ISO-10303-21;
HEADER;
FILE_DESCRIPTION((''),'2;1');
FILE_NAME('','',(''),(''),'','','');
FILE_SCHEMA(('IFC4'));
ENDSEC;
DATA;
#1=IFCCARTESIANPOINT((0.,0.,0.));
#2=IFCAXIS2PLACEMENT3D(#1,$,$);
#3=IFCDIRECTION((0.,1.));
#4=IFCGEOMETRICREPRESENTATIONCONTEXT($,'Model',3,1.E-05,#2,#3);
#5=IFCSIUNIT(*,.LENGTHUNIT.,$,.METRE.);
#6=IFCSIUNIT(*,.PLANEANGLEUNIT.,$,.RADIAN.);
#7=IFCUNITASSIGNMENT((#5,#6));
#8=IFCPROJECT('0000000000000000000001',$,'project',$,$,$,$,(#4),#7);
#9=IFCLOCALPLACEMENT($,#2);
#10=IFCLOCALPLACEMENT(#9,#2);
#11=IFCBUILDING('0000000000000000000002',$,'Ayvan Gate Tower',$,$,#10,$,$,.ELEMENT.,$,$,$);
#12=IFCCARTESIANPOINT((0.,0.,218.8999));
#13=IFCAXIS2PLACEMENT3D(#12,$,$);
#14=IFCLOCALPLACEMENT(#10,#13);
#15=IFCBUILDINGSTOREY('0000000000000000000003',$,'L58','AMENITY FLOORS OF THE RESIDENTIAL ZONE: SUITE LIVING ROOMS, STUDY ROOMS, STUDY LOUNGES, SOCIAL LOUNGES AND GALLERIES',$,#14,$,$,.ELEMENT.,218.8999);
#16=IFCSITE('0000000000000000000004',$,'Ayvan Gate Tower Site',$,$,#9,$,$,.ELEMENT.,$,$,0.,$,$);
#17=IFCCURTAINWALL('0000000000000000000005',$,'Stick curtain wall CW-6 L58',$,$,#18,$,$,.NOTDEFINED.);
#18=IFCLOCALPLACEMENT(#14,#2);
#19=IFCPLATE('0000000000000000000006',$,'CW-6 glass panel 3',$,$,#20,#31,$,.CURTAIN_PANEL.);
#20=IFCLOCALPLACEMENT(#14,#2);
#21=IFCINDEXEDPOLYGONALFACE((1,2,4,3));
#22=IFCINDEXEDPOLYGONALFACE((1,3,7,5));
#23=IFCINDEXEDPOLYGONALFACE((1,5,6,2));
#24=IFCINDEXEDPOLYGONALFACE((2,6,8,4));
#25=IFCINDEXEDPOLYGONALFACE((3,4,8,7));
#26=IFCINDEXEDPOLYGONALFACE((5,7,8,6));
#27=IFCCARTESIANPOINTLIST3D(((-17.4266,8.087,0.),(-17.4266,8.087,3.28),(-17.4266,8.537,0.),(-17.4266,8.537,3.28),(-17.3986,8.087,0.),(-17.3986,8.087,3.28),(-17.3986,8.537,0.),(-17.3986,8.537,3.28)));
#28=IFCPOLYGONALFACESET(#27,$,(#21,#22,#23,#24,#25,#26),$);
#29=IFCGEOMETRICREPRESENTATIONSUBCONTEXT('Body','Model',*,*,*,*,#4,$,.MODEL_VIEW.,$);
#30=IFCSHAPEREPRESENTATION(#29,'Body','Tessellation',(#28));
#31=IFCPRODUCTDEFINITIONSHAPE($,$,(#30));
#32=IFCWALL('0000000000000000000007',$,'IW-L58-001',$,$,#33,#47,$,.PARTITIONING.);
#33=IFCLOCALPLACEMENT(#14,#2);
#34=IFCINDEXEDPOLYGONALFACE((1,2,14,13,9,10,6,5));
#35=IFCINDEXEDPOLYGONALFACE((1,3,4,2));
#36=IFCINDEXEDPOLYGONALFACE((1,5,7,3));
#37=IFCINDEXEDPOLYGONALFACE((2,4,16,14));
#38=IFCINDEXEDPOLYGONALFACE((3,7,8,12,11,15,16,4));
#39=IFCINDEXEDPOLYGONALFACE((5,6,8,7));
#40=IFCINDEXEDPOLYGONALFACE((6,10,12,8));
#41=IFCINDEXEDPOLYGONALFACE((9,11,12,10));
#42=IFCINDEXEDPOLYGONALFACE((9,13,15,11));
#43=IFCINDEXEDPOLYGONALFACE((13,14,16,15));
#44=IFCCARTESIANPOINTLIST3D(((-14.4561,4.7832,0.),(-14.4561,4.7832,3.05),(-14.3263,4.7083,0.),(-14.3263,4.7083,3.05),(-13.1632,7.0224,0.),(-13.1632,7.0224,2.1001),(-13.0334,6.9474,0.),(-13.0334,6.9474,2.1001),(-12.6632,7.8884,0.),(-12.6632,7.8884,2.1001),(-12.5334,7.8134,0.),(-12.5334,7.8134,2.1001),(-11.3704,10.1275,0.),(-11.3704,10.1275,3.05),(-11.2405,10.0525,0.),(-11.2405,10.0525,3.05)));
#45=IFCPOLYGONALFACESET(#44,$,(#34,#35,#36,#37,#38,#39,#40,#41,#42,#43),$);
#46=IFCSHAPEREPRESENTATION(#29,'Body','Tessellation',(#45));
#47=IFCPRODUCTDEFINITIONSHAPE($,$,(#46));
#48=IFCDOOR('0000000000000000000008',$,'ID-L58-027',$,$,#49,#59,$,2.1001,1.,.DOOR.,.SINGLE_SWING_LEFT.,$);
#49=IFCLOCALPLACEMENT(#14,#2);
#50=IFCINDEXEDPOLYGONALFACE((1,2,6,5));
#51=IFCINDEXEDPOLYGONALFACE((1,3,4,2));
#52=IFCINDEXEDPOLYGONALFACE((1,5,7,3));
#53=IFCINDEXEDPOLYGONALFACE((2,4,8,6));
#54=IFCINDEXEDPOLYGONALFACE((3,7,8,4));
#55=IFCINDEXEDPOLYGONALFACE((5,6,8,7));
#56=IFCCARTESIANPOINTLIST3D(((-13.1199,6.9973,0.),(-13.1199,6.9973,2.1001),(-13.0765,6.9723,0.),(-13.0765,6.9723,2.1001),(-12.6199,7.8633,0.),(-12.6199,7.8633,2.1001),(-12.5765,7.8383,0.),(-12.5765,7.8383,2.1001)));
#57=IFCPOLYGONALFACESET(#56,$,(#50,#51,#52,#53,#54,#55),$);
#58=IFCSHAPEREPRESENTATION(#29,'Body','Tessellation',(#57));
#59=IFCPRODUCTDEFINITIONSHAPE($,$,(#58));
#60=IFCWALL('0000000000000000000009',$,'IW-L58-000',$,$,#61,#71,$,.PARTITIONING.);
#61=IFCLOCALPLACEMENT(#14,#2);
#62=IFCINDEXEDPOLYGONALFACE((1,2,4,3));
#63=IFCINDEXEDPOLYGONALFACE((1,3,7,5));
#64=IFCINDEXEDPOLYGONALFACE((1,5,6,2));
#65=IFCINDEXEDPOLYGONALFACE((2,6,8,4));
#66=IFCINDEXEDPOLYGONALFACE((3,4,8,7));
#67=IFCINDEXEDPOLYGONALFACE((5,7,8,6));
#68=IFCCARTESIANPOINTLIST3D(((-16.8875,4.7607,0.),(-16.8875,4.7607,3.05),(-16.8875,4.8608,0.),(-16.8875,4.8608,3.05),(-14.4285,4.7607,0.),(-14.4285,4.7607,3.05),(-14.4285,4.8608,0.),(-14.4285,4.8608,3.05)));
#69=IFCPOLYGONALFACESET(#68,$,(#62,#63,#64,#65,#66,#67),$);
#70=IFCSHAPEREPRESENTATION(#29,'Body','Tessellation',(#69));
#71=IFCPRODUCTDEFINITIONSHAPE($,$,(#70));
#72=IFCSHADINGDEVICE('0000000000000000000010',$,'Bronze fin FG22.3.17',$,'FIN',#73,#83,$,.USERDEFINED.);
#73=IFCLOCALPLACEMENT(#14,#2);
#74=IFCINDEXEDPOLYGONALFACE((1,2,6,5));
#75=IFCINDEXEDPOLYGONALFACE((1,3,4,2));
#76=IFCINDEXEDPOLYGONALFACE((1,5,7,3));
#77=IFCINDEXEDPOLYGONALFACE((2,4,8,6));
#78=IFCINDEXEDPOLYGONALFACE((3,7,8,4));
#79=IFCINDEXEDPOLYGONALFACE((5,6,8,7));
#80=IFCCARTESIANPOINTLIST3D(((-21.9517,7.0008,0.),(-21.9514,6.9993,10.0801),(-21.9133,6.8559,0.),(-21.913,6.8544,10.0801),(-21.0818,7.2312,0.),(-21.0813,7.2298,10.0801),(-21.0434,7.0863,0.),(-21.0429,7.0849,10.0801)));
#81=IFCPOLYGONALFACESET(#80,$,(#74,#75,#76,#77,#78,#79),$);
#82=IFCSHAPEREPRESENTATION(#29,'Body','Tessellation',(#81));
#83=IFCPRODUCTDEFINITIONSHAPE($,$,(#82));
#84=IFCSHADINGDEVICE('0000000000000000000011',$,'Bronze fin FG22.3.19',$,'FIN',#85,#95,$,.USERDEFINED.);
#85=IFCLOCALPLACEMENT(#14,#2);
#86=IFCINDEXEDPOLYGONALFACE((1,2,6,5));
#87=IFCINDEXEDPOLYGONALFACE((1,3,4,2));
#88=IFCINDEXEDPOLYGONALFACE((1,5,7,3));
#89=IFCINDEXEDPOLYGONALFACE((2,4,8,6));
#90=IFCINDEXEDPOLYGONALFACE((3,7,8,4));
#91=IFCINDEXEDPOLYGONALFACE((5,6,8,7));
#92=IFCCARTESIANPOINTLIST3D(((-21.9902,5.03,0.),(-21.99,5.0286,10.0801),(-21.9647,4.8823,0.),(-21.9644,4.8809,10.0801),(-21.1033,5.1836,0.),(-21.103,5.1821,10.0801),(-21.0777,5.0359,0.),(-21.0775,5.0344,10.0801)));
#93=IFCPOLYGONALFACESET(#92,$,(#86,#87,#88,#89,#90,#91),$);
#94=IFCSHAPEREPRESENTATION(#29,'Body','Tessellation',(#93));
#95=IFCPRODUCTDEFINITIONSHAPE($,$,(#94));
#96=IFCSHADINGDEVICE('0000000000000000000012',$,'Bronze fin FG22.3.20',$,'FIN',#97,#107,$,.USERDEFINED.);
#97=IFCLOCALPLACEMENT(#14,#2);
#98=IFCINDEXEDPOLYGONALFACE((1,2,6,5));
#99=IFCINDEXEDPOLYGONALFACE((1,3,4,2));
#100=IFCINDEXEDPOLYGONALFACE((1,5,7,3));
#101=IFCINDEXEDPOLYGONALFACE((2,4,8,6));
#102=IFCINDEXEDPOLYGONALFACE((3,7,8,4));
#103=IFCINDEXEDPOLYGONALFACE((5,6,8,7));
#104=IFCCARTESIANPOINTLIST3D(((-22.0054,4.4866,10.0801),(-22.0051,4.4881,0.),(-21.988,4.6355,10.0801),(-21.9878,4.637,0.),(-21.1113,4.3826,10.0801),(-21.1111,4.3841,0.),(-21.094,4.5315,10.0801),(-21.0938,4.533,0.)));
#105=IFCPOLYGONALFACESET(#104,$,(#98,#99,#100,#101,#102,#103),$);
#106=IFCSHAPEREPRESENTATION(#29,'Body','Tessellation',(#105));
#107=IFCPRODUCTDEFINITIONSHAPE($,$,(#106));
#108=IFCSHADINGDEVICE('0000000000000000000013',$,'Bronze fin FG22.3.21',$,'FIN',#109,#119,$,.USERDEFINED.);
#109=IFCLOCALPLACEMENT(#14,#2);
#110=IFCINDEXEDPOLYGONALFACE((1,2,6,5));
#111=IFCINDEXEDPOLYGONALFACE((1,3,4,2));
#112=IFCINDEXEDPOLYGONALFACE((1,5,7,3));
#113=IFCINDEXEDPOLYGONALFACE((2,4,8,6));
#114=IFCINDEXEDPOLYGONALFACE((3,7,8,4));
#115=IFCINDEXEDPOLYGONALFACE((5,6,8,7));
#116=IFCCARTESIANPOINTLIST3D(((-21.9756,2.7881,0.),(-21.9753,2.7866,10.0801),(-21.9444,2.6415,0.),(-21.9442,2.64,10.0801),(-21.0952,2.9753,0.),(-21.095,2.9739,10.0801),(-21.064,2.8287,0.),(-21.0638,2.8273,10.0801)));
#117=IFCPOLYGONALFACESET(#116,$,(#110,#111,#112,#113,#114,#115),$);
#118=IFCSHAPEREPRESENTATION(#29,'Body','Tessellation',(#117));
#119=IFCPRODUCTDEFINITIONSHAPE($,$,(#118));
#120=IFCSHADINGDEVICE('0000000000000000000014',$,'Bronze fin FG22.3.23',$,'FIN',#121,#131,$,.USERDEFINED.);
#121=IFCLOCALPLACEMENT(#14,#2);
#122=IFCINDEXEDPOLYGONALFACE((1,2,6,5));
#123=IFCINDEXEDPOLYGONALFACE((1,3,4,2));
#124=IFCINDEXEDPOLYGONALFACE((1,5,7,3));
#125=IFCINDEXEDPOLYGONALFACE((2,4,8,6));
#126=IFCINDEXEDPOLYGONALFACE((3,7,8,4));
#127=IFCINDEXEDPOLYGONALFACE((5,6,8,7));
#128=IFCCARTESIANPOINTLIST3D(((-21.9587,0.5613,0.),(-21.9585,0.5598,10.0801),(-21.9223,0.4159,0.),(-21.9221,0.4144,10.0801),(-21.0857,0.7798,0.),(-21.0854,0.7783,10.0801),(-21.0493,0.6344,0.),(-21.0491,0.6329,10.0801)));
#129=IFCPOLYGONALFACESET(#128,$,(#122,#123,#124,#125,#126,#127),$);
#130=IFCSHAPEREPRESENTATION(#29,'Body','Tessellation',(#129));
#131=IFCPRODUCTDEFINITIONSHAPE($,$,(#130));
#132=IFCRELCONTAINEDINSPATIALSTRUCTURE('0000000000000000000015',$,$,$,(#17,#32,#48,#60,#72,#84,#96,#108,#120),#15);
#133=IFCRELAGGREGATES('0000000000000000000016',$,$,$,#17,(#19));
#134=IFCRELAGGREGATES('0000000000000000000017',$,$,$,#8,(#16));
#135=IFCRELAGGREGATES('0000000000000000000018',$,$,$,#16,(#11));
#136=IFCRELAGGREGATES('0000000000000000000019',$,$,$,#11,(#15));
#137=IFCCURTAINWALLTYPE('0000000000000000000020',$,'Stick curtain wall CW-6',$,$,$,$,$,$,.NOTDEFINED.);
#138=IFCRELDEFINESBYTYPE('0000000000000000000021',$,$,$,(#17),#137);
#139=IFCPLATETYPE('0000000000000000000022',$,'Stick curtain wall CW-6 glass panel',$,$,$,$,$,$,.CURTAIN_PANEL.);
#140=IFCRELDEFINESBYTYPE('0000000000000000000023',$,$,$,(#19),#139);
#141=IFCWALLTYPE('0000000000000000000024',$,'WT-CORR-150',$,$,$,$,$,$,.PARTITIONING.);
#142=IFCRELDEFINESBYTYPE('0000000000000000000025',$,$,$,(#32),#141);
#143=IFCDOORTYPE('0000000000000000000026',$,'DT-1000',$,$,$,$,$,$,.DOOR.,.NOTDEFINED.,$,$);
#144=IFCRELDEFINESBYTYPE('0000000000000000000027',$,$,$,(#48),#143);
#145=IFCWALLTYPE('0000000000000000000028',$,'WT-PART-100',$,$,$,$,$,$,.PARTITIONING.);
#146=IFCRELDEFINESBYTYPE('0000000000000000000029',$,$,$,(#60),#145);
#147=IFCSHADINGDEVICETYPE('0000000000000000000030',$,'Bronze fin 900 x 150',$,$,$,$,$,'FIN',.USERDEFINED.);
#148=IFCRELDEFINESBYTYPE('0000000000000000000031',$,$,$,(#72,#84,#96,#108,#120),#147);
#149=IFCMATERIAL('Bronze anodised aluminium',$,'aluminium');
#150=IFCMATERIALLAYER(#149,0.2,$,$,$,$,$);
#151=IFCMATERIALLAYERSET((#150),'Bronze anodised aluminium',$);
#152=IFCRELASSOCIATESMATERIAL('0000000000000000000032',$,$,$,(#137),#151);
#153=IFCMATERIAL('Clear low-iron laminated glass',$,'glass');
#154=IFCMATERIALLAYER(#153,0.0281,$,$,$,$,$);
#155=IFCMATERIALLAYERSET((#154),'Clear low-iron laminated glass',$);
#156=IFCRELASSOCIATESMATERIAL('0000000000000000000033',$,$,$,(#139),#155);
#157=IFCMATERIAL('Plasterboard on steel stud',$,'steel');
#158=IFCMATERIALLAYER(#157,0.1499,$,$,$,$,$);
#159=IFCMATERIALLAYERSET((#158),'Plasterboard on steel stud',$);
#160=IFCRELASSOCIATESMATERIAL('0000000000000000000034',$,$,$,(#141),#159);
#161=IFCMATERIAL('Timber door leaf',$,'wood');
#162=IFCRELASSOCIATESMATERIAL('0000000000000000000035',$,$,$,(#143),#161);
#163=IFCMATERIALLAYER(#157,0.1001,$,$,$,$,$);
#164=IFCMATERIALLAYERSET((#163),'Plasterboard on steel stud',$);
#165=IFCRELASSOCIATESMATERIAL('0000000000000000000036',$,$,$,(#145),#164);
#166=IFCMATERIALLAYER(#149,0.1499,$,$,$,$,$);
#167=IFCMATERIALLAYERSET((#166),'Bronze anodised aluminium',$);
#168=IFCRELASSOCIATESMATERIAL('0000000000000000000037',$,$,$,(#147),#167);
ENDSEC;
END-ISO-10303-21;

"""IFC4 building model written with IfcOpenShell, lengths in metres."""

from ifc_helpers import new_model, si_unit, direction, frame, frame_2d, origin, origin_2d, place, context, subcontext, project, spatial, polyline, rectangle, outline, extrude, material, layer, layer_set, type_object, element, fill, aggregate, save


model = new_model("IFC4")

# Units and contexts
model_context = context("Model", 3, precision=1e-05, world=origin(), true_north=direction((0.0, 1.0)))
body_context = subcontext(model_context, "Body", "Model", "MODEL_VIEW")
ifc_project = project(units=[si_unit("LENGTHUNIT", "METRE"), si_unit("PLANEANGLEUNIT", "RADIAN")], contexts=[model_context])

# Site, building, storey
site_placement = place(None, origin())
site = spatial("IfcSite", under=ifc_project, at=site_placement, Name="Ayvan Gate Tower Site", CompositionType="ELEMENT", RefElevation=0.0)
building_placement = place(site_placement, origin())
building = spatial("IfcBuilding", under=site, at=building_placement, Name="Ayvan Gate Tower", CompositionType="ELEMENT")
storey_placement = place(building_placement, frame((0.0, 0.0, 218.8999)))
storey = spatial("IfcBuildingStorey", under=building, at=storey_placement, Name="L58", Description="AMENITY FLOORS OF THE RESIDENTIAL ZONE: SUITE LIVING ROOMS, STUDY ROOMS, STUDY LOUNGES, SOCIAL LOUNGES AND GALLERIES", CompositionType="ELEMENT", Elevation=218.8999)

# Curtain wall
ifc_material_1 = material(Name="Bronze anodised aluminium", Category="aluminium")
ifc_layer_1 = layer(ifc_material_1, 0.2)
ifc_layer_set_1 = layer_set([ifc_layer_1], Name="Bronze anodised aluminium")
curtain_wall_type_1 = type_object("IfcCurtainWallType", Name="Stick curtain wall CW-6", PredefinedType="NOTDEFINED", material=ifc_layer_set_1)
curtain_wall_1_placement = place(storey_placement, origin())
curtain_wall_1 = element("IfcCurtainWall", 1, at=curtain_wall_1_placement, inside=storey, type_object=curtain_wall_type_1, Name="Stick curtain wall CW-6 L58", PredefinedType="NOTDEFINED")

# Plate
ifc_material_2 = material(Name="Clear low-iron laminated glass", Category="glass")
ifc_layer_2 = layer(ifc_material_2, 0.0281)
ifc_layer_set_2 = layer_set([ifc_layer_2], Name="Clear low-iron laminated glass")
plate_type_1 = type_object("IfcPlateType", Name="Stick curtain wall CW-6 glass panel", PredefinedType="CURTAIN_PANEL", material=ifc_layer_set_2)
plate_1_placement = place(storey_placement, frame((-17.4126, 8.312, 0.0), z_axis=(0.0, 0.0, 1.0), x_axis=(0.0, -1.0, 0.0)))
plate_1 = element("IfcPlate", 2, at=plate_1_placement, type_object=plate_type_1, Name="CW-6 glass panel 3", PredefinedType="CURTAIN_PANEL", context=body_context, shape_type="SweptSolid", body=[
    extrude(rectangle(XDim=0.45, YDim=0.0281, at=origin_2d()), origin(), (0.0, 0.0, 1.0), 3.28),
])
aggregate(curtain_wall_1, [plate_1])

# Wall, opening, door
ifc_material_3 = material(Name="Plasterboard on steel stud", Category="steel")
ifc_layer_3 = layer(ifc_material_3, 0.1499)
ifc_layer_set_3 = layer_set([ifc_layer_3], Name="Plasterboard on steel stud")
wall_type_1 = type_object("IfcWallType", Name="WT-CORR-150", PredefinedType="PARTITIONING", material=ifc_layer_set_3)
wall_1_placement = place(storey_placement, frame((-14.3911, 4.7458, 0.0), z_axis=(0.0, 0.0, 1.0), x_axis=(0.500024, 0.866012, 0.0)))
wall_1 = element("IfcWall", 3, at=wall_1_placement, inside=storey, type_object=wall_type_1, Name="IW-L58-001", PredefinedType="PARTITIONING", context=body_context, shape_type="SweptSolid", body=[
    extrude(rectangle(XDim=6.1711, YDim=0.1499, at=frame_2d((3.0854, 0.0))), origin(), (0.0, 0.0, 1.0), 3.05),
])
opening_placement = place(wall_1_placement, frame((2.5854, 0.0, 0.0)))
opening = element("IfcOpeningElement", 4, at=opening_placement, cuts=wall_1, PredefinedType="OPENING", context=body_context, shape_type="SweptSolid", body=[
    extrude(rectangle(XDim=1.0, YDim=2.1001, at=frame_2d((0.5, 1.05))), frame((0.0, 0.085, 0.0), z_axis=(0.0, -1.0, 0.0), x_axis=(1.0, 0.0, 0.0)), (0.0, 0.0, 1.0), 0.1699),
])
ifc_material_4 = material(Name="Timber door leaf", Category="wood")
door_type = type_object("IfcDoorType", Name="DT-1000", OperationType="NOTDEFINED", PredefinedType="DOOR", material=ifc_material_4)
door_placement = place(opening_placement, origin())
door = element("IfcDoor", 5, at=door_placement, inside=storey, type_object=door_type, Name="ID-L58-027", OperationType="SINGLE_SWING_LEFT", OverallHeight=2.1001, OverallWidth=1.0, PredefinedType="DOOR", context=body_context, shape_type="SweptSolid", body=[
    extrude(rectangle(XDim=1.0, YDim=2.1001, at=frame_2d((0.5, 1.05))), frame((0.0, 0.0249, 0.0), z_axis=(0.0, -1.0, 0.0), x_axis=(1.0, 0.0, 0.0)), (0.0, 0.0, 1.0), 0.05),
])
fill(opening, door)

# Wall
ifc_layer_4 = layer(ifc_material_3, 0.1001)
ifc_layer_set_4 = layer_set([ifc_layer_4], Name="Plasterboard on steel stud")
wall_type_2 = type_object("IfcWallType", Name="WT-PART-100", PredefinedType="PARTITIONING", material=ifc_layer_set_4)
wall_2_placement = place(storey_placement, frame((-14.4285, 4.8108, 0.0), z_axis=(0.0, 0.0, 1.0), x_axis=(-1.0, 0.0, 0.0)))
element("IfcWall", 6, at=wall_2_placement, inside=storey, type_object=wall_type_2, Name="IW-L58-000", PredefinedType="PARTITIONING", context=body_context, shape_type="SweptSolid", body=[
    extrude(rectangle(XDim=2.459, YDim=0.1001, at=frame_2d((1.2295, 0.0))), origin(), (0.0, 0.0, 1.0), 3.05),
])

# Shading devices
ifc_layer_5 = layer(ifc_material_1, 0.1499)
ifc_layer_set_5 = layer_set([ifc_layer_5], Name="Bronze anodised aluminium")
shading_device_type = type_object("IfcShadingDeviceType", Name="Bronze fin 900 x 150", ElementType="FIN", PredefinedType="USERDEFINED", material=ifc_layer_set_5)
shading_device_1_placement = place(storey_placement, frame((-21.0818, 7.2312, 0.0), z_axis=(-0.256075, 0.966657, 0.00015), x_axis=(-0.966657, -0.256075, 0.0)))
element("IfcShadingDevice", 7, at=shading_device_1_placement, inside=storey, type_object=shading_device_type, Name="Bronze fin FG22.3.17", ObjectType="FIN", PredefinedType="USERDEFINED", context=body_context, shape_type="SweptSolid", body=[
    extrude(outline(polyline([(0.0, 0.0), (0.8999, 0.0), (0.9, 10.0801), (-0.0001, 10.0801), (0.0, 0.0)])), origin(), (0.0, 0.0, -1.0), 0.1499),
])
shading_device_2_placement = place(storey_placement, frame((-21.1033, 5.1836, 0.0), z_axis=(-0.170597, 0.985341, 0.000147), x_axis=(-0.985341, -0.170597, 0.0)))
element("IfcShadingDevice", 8, at=shading_device_2_placement, inside=storey, type_object=shading_device_type, Name="Bronze fin FG22.3.19", ObjectType="FIN", PredefinedType="USERDEFINED", context=body_context, shape_type="SweptSolid", body=[
    extrude(outline(polyline([(0.0, 0.0), (0.9002, 0.0), (0.9002, 10.0801), (0.0, 10.0801), (0.0, 0.0)])), origin(), (0.0, 0.0, -1.0), 0.1499),
])
shading_device_3_placement = place(storey_placement, frame((-21.0938, 4.533, 0.0), z_axis=(0.115551, 0.993302, 0.000147), x_axis=(-0.993302, 0.115551, 0.0)))
element("IfcShadingDevice", 9, at=shading_device_3_placement, inside=storey, type_object=shading_device_type, Name="Bronze fin FG22.3.20", ObjectType="FIN", PredefinedType="USERDEFINED", context=body_context, shape_type="SweptSolid", body=[
    extrude(outline(polyline([(0.0, 0.0), (0.9001, 0.0), (0.9001, 10.0801), (0.0001, 10.0801), (0.0, 0.0)])), origin(), (0.0, 0.0, -1.0), 0.1499),
])
shading_device_4_placement = place(storey_placement, frame((-21.0952, 2.9753, 0.0), z_axis=(-0.208047, 0.978119, 0.000147), x_axis=(-0.978119, -0.208047, 0.0)))
element("IfcShadingDevice", 10, at=shading_device_4_placement, inside=storey, type_object=shading_device_type, Name="Bronze fin FG22.3.21", ObjectType="FIN", PredefinedType="USERDEFINED", context=body_context, shape_type="SweptSolid", body=[
    extrude(outline(polyline([(0.0, 0.0), (0.9001, 0.0), (0.9001, 10.0801), (0.0001, 10.0801), (0.0, 0.0)])), origin(), (0.0, 0.0, -1.0), 0.1499),
])
shading_device_5_placement = place(storey_placement, frame((-21.0857, 0.7798, 0.0), z_axis=(-0.242791, 0.970079, 0.000147), x_axis=(-0.970079, -0.242791, 0.0)))
element("IfcShadingDevice", 11, at=shading_device_5_placement, inside=storey, type_object=shading_device_type, Name="Bronze fin FG22.3.23", ObjectType="FIN", PredefinedType="USERDEFINED", context=body_context, shape_type="SweptSolid", body=[
    extrude(outline(polyline([(0.0, 0.0), (0.9, 0.0), (0.9001, 10.0801), (0.0001, 10.0801), (0.0, 0.0)])), origin(), (0.0, 0.0, -1.0), 0.1499),
])

save(model, "model.ifc")
